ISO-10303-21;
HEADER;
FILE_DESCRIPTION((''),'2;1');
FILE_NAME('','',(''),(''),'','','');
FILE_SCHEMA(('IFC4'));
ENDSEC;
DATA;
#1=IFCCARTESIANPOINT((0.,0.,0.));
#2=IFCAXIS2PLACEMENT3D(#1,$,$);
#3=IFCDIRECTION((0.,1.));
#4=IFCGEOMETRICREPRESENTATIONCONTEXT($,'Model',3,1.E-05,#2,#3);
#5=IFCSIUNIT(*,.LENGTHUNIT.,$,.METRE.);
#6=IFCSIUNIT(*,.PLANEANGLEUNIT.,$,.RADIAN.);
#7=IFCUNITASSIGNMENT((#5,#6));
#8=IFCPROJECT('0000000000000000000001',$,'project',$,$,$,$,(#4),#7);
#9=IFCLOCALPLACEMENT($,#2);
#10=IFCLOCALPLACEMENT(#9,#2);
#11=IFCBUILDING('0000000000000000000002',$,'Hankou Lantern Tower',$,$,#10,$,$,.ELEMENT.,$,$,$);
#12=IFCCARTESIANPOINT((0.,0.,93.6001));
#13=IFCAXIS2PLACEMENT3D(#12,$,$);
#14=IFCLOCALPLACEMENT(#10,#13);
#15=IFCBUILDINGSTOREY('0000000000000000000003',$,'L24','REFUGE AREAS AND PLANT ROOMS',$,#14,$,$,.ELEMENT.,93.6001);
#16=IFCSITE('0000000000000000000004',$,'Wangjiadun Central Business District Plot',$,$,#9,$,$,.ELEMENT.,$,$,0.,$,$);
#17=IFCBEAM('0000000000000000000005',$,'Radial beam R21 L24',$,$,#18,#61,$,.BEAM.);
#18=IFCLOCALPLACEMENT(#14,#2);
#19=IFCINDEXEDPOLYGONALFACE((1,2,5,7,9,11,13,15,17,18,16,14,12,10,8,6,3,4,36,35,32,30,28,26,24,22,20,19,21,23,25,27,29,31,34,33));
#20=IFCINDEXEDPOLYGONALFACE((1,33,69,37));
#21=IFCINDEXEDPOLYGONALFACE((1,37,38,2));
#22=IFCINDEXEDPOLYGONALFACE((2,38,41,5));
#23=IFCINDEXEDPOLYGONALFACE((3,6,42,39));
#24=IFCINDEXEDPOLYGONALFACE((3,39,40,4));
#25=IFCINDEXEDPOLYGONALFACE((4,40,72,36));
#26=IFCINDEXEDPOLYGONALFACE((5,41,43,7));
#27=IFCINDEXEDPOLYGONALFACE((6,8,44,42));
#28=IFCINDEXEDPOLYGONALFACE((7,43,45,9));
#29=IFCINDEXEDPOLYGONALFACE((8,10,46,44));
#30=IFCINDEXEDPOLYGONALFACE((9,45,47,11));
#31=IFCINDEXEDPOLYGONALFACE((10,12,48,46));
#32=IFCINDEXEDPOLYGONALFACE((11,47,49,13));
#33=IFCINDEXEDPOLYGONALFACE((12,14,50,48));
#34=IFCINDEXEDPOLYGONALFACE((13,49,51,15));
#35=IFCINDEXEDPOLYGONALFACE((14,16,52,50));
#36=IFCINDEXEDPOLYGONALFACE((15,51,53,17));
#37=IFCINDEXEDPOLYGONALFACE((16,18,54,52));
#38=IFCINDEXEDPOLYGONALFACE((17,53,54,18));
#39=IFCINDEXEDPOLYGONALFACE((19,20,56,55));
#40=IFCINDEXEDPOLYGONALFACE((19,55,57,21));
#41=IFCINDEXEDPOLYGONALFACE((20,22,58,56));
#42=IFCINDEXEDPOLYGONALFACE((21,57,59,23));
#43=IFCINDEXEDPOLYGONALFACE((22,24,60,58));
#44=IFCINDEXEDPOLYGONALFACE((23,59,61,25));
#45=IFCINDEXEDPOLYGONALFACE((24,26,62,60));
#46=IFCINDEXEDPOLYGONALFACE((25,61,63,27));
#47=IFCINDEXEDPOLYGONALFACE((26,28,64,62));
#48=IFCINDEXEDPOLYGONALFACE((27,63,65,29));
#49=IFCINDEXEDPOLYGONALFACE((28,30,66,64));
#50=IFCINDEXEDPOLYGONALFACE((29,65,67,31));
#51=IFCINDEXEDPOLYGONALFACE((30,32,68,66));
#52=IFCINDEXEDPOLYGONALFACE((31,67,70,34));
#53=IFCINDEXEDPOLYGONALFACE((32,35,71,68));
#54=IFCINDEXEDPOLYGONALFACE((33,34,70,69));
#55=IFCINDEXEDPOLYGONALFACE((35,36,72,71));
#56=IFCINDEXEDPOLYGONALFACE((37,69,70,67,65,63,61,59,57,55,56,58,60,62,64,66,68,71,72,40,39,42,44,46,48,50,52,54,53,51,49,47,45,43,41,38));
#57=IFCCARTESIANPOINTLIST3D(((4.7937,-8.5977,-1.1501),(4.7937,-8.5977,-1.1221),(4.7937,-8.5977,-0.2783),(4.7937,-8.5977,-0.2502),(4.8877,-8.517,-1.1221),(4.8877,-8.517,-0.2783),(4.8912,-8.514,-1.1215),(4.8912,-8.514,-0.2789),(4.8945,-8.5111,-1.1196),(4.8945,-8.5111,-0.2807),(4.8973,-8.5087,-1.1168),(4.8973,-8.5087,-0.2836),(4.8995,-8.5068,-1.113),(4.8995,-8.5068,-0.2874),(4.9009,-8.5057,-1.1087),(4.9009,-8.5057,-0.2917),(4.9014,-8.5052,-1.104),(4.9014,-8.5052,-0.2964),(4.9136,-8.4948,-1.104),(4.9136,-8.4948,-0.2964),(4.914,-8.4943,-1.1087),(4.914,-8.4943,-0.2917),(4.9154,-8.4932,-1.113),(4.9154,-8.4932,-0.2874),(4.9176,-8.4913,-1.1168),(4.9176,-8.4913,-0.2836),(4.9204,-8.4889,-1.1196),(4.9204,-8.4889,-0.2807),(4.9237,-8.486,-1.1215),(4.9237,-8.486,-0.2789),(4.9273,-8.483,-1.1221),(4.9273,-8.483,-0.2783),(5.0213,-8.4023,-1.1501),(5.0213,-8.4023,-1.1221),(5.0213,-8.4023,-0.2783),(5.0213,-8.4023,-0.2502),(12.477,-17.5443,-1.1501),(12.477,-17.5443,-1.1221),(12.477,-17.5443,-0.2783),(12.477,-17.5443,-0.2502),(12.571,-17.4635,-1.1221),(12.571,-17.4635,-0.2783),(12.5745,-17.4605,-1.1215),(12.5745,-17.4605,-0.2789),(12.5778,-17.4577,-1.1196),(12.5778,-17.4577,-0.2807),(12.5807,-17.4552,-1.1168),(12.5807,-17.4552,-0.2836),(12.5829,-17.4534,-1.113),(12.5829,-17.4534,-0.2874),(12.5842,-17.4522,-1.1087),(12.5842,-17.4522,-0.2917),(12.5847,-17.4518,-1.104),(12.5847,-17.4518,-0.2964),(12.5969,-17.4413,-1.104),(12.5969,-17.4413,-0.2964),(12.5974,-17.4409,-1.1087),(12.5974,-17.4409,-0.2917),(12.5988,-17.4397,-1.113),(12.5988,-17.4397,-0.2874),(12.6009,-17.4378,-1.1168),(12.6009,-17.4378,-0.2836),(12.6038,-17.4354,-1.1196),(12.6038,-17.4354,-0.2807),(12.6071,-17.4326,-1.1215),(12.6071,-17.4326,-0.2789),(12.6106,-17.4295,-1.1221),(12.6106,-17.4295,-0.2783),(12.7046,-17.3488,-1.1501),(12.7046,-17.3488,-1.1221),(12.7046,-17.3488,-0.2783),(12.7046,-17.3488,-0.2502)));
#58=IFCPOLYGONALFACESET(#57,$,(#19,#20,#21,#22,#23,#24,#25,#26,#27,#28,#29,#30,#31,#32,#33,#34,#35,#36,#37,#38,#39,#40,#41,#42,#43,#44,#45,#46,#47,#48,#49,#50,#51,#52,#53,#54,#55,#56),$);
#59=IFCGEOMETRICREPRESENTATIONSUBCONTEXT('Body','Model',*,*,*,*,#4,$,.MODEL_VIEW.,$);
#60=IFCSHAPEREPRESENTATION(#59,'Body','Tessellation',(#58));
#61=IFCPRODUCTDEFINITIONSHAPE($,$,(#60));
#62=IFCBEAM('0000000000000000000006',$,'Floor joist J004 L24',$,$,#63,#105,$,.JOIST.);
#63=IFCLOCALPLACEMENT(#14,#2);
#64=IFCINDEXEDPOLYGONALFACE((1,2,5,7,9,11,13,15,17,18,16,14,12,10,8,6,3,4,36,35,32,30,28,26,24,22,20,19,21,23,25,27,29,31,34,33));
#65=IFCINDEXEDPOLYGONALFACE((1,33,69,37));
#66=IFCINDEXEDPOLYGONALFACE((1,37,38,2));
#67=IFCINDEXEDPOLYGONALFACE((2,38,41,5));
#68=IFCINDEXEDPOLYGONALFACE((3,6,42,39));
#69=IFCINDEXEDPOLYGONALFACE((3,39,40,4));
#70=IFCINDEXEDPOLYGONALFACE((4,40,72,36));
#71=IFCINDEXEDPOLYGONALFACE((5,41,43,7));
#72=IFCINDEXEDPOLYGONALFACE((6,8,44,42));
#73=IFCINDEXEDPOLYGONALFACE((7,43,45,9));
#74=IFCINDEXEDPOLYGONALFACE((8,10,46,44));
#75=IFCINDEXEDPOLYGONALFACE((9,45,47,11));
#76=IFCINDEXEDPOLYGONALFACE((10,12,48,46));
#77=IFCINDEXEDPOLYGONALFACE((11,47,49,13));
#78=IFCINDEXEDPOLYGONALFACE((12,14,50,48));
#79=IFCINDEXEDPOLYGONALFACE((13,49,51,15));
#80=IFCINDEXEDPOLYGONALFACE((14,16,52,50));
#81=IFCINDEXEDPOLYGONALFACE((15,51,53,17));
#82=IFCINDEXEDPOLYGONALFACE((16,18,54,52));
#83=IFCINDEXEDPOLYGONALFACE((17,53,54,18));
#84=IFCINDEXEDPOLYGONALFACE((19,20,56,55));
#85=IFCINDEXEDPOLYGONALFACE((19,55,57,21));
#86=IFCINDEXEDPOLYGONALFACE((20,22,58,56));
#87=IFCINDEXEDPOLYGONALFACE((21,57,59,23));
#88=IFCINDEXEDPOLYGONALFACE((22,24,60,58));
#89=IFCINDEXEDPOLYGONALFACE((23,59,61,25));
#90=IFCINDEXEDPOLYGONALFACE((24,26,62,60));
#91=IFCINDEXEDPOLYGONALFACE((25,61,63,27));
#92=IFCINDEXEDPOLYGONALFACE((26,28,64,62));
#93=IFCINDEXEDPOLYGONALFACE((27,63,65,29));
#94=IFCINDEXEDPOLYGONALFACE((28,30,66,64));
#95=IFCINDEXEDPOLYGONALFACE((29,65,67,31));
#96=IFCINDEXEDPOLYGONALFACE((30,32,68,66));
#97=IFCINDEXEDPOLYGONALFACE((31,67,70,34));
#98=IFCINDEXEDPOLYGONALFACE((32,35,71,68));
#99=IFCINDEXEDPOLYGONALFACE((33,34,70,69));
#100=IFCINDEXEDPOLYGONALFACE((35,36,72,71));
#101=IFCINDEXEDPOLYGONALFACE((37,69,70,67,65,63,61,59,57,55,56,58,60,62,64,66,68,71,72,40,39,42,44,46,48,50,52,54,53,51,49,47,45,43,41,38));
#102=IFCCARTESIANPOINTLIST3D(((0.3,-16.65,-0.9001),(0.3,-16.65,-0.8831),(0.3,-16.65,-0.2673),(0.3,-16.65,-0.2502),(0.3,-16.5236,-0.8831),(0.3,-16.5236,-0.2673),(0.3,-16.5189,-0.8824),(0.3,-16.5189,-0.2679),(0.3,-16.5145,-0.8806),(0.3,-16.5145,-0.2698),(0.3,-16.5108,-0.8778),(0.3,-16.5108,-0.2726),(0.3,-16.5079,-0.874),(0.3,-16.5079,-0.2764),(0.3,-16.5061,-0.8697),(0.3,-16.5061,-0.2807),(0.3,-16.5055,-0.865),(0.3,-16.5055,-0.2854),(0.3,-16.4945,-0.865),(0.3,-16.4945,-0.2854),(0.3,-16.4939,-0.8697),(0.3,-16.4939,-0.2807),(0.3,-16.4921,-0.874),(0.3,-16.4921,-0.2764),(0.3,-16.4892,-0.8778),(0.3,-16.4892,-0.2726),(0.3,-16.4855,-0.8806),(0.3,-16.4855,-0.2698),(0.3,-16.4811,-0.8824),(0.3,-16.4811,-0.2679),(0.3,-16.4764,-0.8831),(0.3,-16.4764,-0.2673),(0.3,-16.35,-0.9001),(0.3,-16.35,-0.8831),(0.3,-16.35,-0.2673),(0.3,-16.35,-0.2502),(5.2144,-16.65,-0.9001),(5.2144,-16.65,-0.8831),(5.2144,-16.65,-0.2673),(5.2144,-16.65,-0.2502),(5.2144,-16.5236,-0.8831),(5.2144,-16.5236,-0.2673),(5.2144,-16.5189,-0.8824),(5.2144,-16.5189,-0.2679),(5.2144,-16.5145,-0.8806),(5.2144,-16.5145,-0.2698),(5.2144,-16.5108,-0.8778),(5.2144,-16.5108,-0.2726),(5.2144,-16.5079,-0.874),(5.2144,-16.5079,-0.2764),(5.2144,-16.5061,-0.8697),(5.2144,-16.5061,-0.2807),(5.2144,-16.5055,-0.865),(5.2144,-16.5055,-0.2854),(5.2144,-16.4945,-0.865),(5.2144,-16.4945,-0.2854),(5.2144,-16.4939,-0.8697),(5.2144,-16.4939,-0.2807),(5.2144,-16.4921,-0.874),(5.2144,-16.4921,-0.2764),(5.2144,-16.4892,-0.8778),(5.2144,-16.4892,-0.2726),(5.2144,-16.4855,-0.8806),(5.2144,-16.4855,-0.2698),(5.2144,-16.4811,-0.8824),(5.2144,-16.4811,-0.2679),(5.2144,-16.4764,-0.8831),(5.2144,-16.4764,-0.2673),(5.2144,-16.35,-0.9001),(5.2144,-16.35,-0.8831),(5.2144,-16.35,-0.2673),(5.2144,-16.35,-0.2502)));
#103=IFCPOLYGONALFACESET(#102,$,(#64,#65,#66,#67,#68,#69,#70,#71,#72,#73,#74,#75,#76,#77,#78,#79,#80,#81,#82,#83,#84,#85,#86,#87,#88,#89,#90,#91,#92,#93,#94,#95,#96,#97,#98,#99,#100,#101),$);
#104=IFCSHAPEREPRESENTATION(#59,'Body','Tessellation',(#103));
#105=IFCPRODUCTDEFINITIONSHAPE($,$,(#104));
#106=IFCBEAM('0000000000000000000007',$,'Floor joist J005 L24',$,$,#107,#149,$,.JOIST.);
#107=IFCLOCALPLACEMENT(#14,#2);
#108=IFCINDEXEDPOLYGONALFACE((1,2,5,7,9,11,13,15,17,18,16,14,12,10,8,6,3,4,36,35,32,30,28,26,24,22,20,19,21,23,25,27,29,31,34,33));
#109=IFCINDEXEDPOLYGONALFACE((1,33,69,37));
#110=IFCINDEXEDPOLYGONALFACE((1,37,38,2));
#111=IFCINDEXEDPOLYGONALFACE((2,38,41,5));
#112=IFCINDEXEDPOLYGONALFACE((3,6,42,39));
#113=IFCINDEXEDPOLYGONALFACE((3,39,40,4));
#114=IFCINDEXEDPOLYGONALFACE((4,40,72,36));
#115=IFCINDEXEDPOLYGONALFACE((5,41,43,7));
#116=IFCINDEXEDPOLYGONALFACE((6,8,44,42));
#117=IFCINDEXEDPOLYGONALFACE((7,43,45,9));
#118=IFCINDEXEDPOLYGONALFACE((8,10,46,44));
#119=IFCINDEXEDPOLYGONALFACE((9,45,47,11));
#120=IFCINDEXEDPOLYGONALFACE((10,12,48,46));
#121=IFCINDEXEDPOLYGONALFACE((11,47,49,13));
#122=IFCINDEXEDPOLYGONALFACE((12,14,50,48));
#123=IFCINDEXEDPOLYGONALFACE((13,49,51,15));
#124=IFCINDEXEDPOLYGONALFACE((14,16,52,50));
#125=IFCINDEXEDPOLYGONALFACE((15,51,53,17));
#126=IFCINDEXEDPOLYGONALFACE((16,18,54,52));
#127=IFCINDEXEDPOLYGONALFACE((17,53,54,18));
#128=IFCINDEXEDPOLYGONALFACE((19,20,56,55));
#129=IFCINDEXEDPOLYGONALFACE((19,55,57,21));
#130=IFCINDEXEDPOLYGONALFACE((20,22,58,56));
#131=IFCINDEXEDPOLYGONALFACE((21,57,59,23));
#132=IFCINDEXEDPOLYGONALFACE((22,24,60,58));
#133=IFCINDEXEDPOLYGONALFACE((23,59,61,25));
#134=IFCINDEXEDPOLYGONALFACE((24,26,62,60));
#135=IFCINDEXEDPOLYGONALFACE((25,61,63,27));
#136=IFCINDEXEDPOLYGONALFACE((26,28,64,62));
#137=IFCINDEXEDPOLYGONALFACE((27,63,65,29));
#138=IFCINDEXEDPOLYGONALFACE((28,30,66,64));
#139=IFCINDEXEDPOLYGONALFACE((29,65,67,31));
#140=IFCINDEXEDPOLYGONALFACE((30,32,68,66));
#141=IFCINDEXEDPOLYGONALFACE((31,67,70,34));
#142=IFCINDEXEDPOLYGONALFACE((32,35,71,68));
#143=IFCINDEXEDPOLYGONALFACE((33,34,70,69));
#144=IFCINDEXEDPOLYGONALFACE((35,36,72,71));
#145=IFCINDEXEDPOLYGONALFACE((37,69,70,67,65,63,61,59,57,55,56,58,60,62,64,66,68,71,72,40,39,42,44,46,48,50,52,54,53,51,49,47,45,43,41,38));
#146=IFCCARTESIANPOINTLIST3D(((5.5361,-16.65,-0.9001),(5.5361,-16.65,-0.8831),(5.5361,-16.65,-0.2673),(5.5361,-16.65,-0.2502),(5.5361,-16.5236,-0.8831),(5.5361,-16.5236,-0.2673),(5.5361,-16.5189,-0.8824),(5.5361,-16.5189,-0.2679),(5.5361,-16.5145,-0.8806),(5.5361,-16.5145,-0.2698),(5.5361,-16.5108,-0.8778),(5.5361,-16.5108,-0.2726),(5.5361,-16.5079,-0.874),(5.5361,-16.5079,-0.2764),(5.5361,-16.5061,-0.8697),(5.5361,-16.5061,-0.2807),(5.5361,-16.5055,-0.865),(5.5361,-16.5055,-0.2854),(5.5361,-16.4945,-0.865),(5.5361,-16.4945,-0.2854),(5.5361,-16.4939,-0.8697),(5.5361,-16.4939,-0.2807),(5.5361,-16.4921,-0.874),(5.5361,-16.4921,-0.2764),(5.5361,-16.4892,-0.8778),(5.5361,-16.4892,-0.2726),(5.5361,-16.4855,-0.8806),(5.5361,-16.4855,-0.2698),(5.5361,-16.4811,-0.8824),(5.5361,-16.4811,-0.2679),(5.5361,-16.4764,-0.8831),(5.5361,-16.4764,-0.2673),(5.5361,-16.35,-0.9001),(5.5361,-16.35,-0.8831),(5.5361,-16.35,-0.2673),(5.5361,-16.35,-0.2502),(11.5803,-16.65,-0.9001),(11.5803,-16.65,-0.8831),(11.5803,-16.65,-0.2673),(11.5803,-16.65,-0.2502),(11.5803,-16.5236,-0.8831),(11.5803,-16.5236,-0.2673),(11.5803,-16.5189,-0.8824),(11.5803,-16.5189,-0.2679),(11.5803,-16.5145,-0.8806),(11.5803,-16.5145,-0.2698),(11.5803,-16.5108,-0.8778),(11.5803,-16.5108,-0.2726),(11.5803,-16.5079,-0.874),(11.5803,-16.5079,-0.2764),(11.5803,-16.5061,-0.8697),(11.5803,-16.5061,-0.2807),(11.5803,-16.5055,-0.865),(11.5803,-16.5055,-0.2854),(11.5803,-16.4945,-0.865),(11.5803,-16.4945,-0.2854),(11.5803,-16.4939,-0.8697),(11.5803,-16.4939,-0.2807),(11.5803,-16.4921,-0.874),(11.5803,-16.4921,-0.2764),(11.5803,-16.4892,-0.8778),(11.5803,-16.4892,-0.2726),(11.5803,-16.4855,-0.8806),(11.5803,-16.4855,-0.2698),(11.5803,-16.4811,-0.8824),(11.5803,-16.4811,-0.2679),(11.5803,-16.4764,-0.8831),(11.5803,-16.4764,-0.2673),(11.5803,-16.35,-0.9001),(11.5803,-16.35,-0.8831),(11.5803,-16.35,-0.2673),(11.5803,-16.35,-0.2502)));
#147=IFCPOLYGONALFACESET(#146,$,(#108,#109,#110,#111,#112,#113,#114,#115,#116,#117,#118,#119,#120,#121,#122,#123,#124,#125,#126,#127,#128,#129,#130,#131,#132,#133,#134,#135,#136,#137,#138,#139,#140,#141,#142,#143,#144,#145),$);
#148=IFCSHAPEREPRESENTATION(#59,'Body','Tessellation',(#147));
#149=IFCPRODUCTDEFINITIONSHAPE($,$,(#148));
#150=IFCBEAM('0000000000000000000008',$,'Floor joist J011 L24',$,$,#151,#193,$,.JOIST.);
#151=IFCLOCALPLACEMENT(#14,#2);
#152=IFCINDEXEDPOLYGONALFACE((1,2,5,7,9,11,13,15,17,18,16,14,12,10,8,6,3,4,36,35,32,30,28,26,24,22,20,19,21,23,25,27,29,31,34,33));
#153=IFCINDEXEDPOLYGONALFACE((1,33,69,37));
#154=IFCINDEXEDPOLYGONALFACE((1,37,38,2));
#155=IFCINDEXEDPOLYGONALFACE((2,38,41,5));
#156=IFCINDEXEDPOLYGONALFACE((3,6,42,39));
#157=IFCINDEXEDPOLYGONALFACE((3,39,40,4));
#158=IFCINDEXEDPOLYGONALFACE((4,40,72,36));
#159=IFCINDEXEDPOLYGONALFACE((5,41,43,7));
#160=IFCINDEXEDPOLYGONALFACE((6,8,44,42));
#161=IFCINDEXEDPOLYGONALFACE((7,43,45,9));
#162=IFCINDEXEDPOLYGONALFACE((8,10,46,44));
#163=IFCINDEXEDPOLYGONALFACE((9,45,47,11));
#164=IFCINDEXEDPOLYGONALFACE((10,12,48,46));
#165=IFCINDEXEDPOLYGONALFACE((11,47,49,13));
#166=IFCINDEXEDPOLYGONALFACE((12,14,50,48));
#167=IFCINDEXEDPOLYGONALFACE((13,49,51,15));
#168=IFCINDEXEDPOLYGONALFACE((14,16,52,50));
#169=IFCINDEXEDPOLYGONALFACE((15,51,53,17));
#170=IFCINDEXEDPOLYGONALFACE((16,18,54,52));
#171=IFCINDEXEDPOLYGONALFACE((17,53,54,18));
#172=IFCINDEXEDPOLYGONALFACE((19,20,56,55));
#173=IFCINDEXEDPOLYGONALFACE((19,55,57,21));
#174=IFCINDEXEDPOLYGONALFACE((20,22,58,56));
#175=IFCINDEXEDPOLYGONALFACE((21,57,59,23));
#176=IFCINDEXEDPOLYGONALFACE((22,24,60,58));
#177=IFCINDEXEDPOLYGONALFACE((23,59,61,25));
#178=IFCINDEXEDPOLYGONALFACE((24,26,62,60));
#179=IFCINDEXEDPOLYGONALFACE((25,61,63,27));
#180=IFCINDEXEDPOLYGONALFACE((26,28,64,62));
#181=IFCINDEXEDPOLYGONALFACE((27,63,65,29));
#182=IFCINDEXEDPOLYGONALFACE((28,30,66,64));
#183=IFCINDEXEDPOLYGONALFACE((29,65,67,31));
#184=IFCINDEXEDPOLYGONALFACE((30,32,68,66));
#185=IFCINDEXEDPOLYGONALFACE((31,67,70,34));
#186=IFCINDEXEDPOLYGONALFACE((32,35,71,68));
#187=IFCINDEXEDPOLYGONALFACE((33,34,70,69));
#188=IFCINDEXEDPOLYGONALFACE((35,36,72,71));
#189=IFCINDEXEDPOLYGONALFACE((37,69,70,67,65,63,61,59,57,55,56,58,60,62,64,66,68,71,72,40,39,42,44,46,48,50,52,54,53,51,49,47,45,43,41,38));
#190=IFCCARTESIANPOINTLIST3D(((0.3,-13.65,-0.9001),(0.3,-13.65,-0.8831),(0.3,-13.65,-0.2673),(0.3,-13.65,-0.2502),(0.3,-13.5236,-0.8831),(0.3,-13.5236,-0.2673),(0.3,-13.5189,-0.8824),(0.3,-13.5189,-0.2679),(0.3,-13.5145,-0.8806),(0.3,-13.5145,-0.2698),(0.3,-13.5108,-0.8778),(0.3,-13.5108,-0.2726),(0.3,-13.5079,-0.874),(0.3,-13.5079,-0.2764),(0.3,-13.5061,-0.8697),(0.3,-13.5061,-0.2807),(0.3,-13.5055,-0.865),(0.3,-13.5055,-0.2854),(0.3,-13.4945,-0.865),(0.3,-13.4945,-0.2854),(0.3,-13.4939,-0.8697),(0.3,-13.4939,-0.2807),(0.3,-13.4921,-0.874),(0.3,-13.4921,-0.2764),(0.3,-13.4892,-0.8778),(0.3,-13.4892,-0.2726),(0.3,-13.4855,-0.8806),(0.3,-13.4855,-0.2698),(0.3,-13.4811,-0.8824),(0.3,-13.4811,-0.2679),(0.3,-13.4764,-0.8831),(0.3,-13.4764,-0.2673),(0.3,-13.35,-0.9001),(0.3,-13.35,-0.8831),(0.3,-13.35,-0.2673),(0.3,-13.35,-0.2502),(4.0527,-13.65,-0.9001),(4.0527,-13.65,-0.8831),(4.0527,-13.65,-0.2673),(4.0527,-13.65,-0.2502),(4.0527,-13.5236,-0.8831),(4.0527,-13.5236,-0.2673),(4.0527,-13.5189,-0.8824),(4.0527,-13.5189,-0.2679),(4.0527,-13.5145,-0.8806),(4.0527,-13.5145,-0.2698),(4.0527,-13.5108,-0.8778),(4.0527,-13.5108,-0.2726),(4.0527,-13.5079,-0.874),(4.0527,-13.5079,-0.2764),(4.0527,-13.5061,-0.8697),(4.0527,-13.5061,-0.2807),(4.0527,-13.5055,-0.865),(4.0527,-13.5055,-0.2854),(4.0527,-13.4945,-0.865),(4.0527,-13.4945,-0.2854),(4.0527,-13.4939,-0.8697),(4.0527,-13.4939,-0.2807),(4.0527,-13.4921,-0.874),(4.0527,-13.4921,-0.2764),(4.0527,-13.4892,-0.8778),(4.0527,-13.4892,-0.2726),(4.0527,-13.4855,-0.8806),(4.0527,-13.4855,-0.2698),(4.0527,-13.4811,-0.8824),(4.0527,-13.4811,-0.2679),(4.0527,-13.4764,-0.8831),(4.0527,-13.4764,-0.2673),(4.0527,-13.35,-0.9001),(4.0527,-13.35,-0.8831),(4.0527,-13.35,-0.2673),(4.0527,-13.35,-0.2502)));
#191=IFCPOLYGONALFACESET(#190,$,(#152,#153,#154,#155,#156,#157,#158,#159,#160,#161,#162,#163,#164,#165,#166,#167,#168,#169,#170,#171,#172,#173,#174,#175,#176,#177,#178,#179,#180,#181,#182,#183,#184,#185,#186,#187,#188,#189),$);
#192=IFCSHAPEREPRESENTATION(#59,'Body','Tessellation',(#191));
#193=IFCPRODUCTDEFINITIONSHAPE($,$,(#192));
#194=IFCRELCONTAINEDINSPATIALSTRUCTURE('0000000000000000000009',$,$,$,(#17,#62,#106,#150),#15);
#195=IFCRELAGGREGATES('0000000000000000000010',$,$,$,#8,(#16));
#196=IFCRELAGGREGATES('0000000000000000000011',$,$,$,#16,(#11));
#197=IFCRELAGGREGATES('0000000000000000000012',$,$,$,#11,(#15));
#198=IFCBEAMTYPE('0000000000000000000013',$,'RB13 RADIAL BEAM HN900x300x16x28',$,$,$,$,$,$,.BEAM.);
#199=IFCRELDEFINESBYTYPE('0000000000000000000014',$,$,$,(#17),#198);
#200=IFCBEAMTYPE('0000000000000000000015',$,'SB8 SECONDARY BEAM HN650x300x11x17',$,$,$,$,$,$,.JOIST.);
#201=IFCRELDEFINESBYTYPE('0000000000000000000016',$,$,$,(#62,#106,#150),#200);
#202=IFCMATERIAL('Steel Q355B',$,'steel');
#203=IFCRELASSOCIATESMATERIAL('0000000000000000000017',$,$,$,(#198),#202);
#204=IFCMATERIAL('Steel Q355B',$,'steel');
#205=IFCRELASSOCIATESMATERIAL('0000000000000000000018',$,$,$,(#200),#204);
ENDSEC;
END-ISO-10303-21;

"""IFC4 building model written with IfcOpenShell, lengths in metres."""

from ifc_helpers import new_model, si_unit, direction, frame, origin, origin_2d, place, context, subcontext, project, spatial, i_section, extrude, material, material_profile, profile_set, type_object, element, save


model = new_model("IFC4")

# Units and contexts
model_context = context("Model", 3, precision=1e-05, world=origin(), true_north=direction((0.0, 1.0)))
body_context = subcontext(model_context, "Body", "Model", "MODEL_VIEW")
ifc_project = project(units=[si_unit("LENGTHUNIT", "METRE"), si_unit("PLANEANGLEUNIT", "RADIAN")], contexts=[model_context])

# Site, building, storey
site_placement = place(None, origin())
site = spatial("IfcSite", under=ifc_project, at=site_placement, Name="Wangjiadun Central Business District Plot", CompositionType="ELEMENT", RefElevation=0.0)
building_placement = place(site_placement, origin())
building = spatial("IfcBuilding", under=site, at=building_placement, Name="Hankou Lantern Tower", CompositionType="ELEMENT")
storey_placement = place(building_placement, frame((0.0, 0.0, 93.6001)))
storey = spatial("IfcBuildingStorey", under=building, at=storey_placement, Name="L24", Description="REFUGE AREAS AND PLANT ROOMS", CompositionType="ELEMENT", Elevation=93.6001)

# Beams
ifc_material_1 = material(Name="Steel Q355B", Category="steel")
ifc_material_profile_1 = material_profile(ifc_material_1, i_section(OverallWidth=0.3, OverallDepth=0.8999, WebThickness=0.0161, FlangeThickness=0.0281, FilletRadius=0.0181, at=origin_2d()), Name="HN900x300x16x28")
ifc_profile_set_1 = profile_set([ifc_material_profile_1], Name="Steel Q355B")
beam_type_1 = type_object("IfcBeamType", Name="RB13 RADIAL BEAM HN900x300x16x28", PredefinedType="BEAM", material=ifc_profile_set_1)
beam_1_placement = place(storey_placement, frame((4.9075, -8.5, -0.7002), z_axis=(0.651519, -0.758632, 0.0), x_axis=(0.758632, 0.651519, 0.0)))
element("IfcBeam", 1, at=beam_1_placement, inside=storey, type_object=beam_type_1, Name="Radial beam R21 L24", PredefinedType="BEAM", context=body_context, shape_type="SweptSolid", body=[
    extrude(i_section(OverallWidth=0.3, OverallDepth=0.8999, WebThickness=0.0161, FlangeThickness=0.0281, FilletRadius=0.0181, at=origin_2d()), origin(), (0.0, 0.0, 1.0), 11.793),
])
ifc_material_2 = material(Name="Steel Q355B", Category="steel")
ifc_material_profile_2 = material_profile(ifc_material_2, i_section(OverallWidth=0.3, OverallDepth=0.6499, WebThickness=0.011, FlangeThickness=0.0171, FilletRadius=0.0181, at=origin_2d()), Name="HN650x300x11x17")
ifc_profile_set_2 = profile_set([ifc_material_profile_2], Name="Steel Q355B")
beam_type_2 = type_object("IfcBeamType", Name="SB8 SECONDARY BEAM HN650x300x11x17", PredefinedType="JOIST", material=ifc_profile_set_2)
beam_2_placement = place(storey_placement, frame((0.3, -16.5, -0.5752), z_axis=(1.0, 0.0, 0.0), x_axis=(0.0, 1.0, 0.0)))
element("IfcBeam", 2, at=beam_2_placement, inside=storey, type_object=beam_type_2, Name="Floor joist J004 L24", PredefinedType="JOIST", context=body_context, shape_type="SweptSolid", body=[
    extrude(i_section(OverallWidth=0.3, OverallDepth=0.6499, WebThickness=0.011, FlangeThickness=0.0171, FilletRadius=0.0181, at=origin_2d()), origin(), (0.0, 0.0, 1.0), 4.9143),
])
beam_3_placement = place(storey_placement, frame((5.5361, -16.5, -0.5752), z_axis=(1.0, 0.0, 0.0), x_axis=(0.0, 1.0, 0.0)))
element("IfcBeam", 3, at=beam_3_placement, inside=storey, type_object=beam_type_2, Name="Floor joist J005 L24", PredefinedType="JOIST", context=body_context, shape_type="SweptSolid", body=[
    extrude(i_section(OverallWidth=0.3, OverallDepth=0.6499, WebThickness=0.011, FlangeThickness=0.0171, FilletRadius=0.0181, at=origin_2d()), origin(), (0.0, 0.0, 1.0), 6.0442),
])
beam_4_placement = place(storey_placement, frame((0.3, -13.5, -0.5752), z_axis=(1.0, 0.0, 0.0), x_axis=(0.0, 1.0, 0.0)))
element("IfcBeam", 4, at=beam_4_placement, inside=storey, type_object=beam_type_2, Name="Floor joist J011 L24", PredefinedType="JOIST", context=body_context, shape_type="SweptSolid", body=[
    extrude(i_section(OverallWidth=0.3, OverallDepth=0.6499, WebThickness=0.011, FlangeThickness=0.0171, FilletRadius=0.0181, at=origin_2d()), origin(), (0.0, 0.0, 1.0), 3.7527),
])

save(model, "model.ifc")
